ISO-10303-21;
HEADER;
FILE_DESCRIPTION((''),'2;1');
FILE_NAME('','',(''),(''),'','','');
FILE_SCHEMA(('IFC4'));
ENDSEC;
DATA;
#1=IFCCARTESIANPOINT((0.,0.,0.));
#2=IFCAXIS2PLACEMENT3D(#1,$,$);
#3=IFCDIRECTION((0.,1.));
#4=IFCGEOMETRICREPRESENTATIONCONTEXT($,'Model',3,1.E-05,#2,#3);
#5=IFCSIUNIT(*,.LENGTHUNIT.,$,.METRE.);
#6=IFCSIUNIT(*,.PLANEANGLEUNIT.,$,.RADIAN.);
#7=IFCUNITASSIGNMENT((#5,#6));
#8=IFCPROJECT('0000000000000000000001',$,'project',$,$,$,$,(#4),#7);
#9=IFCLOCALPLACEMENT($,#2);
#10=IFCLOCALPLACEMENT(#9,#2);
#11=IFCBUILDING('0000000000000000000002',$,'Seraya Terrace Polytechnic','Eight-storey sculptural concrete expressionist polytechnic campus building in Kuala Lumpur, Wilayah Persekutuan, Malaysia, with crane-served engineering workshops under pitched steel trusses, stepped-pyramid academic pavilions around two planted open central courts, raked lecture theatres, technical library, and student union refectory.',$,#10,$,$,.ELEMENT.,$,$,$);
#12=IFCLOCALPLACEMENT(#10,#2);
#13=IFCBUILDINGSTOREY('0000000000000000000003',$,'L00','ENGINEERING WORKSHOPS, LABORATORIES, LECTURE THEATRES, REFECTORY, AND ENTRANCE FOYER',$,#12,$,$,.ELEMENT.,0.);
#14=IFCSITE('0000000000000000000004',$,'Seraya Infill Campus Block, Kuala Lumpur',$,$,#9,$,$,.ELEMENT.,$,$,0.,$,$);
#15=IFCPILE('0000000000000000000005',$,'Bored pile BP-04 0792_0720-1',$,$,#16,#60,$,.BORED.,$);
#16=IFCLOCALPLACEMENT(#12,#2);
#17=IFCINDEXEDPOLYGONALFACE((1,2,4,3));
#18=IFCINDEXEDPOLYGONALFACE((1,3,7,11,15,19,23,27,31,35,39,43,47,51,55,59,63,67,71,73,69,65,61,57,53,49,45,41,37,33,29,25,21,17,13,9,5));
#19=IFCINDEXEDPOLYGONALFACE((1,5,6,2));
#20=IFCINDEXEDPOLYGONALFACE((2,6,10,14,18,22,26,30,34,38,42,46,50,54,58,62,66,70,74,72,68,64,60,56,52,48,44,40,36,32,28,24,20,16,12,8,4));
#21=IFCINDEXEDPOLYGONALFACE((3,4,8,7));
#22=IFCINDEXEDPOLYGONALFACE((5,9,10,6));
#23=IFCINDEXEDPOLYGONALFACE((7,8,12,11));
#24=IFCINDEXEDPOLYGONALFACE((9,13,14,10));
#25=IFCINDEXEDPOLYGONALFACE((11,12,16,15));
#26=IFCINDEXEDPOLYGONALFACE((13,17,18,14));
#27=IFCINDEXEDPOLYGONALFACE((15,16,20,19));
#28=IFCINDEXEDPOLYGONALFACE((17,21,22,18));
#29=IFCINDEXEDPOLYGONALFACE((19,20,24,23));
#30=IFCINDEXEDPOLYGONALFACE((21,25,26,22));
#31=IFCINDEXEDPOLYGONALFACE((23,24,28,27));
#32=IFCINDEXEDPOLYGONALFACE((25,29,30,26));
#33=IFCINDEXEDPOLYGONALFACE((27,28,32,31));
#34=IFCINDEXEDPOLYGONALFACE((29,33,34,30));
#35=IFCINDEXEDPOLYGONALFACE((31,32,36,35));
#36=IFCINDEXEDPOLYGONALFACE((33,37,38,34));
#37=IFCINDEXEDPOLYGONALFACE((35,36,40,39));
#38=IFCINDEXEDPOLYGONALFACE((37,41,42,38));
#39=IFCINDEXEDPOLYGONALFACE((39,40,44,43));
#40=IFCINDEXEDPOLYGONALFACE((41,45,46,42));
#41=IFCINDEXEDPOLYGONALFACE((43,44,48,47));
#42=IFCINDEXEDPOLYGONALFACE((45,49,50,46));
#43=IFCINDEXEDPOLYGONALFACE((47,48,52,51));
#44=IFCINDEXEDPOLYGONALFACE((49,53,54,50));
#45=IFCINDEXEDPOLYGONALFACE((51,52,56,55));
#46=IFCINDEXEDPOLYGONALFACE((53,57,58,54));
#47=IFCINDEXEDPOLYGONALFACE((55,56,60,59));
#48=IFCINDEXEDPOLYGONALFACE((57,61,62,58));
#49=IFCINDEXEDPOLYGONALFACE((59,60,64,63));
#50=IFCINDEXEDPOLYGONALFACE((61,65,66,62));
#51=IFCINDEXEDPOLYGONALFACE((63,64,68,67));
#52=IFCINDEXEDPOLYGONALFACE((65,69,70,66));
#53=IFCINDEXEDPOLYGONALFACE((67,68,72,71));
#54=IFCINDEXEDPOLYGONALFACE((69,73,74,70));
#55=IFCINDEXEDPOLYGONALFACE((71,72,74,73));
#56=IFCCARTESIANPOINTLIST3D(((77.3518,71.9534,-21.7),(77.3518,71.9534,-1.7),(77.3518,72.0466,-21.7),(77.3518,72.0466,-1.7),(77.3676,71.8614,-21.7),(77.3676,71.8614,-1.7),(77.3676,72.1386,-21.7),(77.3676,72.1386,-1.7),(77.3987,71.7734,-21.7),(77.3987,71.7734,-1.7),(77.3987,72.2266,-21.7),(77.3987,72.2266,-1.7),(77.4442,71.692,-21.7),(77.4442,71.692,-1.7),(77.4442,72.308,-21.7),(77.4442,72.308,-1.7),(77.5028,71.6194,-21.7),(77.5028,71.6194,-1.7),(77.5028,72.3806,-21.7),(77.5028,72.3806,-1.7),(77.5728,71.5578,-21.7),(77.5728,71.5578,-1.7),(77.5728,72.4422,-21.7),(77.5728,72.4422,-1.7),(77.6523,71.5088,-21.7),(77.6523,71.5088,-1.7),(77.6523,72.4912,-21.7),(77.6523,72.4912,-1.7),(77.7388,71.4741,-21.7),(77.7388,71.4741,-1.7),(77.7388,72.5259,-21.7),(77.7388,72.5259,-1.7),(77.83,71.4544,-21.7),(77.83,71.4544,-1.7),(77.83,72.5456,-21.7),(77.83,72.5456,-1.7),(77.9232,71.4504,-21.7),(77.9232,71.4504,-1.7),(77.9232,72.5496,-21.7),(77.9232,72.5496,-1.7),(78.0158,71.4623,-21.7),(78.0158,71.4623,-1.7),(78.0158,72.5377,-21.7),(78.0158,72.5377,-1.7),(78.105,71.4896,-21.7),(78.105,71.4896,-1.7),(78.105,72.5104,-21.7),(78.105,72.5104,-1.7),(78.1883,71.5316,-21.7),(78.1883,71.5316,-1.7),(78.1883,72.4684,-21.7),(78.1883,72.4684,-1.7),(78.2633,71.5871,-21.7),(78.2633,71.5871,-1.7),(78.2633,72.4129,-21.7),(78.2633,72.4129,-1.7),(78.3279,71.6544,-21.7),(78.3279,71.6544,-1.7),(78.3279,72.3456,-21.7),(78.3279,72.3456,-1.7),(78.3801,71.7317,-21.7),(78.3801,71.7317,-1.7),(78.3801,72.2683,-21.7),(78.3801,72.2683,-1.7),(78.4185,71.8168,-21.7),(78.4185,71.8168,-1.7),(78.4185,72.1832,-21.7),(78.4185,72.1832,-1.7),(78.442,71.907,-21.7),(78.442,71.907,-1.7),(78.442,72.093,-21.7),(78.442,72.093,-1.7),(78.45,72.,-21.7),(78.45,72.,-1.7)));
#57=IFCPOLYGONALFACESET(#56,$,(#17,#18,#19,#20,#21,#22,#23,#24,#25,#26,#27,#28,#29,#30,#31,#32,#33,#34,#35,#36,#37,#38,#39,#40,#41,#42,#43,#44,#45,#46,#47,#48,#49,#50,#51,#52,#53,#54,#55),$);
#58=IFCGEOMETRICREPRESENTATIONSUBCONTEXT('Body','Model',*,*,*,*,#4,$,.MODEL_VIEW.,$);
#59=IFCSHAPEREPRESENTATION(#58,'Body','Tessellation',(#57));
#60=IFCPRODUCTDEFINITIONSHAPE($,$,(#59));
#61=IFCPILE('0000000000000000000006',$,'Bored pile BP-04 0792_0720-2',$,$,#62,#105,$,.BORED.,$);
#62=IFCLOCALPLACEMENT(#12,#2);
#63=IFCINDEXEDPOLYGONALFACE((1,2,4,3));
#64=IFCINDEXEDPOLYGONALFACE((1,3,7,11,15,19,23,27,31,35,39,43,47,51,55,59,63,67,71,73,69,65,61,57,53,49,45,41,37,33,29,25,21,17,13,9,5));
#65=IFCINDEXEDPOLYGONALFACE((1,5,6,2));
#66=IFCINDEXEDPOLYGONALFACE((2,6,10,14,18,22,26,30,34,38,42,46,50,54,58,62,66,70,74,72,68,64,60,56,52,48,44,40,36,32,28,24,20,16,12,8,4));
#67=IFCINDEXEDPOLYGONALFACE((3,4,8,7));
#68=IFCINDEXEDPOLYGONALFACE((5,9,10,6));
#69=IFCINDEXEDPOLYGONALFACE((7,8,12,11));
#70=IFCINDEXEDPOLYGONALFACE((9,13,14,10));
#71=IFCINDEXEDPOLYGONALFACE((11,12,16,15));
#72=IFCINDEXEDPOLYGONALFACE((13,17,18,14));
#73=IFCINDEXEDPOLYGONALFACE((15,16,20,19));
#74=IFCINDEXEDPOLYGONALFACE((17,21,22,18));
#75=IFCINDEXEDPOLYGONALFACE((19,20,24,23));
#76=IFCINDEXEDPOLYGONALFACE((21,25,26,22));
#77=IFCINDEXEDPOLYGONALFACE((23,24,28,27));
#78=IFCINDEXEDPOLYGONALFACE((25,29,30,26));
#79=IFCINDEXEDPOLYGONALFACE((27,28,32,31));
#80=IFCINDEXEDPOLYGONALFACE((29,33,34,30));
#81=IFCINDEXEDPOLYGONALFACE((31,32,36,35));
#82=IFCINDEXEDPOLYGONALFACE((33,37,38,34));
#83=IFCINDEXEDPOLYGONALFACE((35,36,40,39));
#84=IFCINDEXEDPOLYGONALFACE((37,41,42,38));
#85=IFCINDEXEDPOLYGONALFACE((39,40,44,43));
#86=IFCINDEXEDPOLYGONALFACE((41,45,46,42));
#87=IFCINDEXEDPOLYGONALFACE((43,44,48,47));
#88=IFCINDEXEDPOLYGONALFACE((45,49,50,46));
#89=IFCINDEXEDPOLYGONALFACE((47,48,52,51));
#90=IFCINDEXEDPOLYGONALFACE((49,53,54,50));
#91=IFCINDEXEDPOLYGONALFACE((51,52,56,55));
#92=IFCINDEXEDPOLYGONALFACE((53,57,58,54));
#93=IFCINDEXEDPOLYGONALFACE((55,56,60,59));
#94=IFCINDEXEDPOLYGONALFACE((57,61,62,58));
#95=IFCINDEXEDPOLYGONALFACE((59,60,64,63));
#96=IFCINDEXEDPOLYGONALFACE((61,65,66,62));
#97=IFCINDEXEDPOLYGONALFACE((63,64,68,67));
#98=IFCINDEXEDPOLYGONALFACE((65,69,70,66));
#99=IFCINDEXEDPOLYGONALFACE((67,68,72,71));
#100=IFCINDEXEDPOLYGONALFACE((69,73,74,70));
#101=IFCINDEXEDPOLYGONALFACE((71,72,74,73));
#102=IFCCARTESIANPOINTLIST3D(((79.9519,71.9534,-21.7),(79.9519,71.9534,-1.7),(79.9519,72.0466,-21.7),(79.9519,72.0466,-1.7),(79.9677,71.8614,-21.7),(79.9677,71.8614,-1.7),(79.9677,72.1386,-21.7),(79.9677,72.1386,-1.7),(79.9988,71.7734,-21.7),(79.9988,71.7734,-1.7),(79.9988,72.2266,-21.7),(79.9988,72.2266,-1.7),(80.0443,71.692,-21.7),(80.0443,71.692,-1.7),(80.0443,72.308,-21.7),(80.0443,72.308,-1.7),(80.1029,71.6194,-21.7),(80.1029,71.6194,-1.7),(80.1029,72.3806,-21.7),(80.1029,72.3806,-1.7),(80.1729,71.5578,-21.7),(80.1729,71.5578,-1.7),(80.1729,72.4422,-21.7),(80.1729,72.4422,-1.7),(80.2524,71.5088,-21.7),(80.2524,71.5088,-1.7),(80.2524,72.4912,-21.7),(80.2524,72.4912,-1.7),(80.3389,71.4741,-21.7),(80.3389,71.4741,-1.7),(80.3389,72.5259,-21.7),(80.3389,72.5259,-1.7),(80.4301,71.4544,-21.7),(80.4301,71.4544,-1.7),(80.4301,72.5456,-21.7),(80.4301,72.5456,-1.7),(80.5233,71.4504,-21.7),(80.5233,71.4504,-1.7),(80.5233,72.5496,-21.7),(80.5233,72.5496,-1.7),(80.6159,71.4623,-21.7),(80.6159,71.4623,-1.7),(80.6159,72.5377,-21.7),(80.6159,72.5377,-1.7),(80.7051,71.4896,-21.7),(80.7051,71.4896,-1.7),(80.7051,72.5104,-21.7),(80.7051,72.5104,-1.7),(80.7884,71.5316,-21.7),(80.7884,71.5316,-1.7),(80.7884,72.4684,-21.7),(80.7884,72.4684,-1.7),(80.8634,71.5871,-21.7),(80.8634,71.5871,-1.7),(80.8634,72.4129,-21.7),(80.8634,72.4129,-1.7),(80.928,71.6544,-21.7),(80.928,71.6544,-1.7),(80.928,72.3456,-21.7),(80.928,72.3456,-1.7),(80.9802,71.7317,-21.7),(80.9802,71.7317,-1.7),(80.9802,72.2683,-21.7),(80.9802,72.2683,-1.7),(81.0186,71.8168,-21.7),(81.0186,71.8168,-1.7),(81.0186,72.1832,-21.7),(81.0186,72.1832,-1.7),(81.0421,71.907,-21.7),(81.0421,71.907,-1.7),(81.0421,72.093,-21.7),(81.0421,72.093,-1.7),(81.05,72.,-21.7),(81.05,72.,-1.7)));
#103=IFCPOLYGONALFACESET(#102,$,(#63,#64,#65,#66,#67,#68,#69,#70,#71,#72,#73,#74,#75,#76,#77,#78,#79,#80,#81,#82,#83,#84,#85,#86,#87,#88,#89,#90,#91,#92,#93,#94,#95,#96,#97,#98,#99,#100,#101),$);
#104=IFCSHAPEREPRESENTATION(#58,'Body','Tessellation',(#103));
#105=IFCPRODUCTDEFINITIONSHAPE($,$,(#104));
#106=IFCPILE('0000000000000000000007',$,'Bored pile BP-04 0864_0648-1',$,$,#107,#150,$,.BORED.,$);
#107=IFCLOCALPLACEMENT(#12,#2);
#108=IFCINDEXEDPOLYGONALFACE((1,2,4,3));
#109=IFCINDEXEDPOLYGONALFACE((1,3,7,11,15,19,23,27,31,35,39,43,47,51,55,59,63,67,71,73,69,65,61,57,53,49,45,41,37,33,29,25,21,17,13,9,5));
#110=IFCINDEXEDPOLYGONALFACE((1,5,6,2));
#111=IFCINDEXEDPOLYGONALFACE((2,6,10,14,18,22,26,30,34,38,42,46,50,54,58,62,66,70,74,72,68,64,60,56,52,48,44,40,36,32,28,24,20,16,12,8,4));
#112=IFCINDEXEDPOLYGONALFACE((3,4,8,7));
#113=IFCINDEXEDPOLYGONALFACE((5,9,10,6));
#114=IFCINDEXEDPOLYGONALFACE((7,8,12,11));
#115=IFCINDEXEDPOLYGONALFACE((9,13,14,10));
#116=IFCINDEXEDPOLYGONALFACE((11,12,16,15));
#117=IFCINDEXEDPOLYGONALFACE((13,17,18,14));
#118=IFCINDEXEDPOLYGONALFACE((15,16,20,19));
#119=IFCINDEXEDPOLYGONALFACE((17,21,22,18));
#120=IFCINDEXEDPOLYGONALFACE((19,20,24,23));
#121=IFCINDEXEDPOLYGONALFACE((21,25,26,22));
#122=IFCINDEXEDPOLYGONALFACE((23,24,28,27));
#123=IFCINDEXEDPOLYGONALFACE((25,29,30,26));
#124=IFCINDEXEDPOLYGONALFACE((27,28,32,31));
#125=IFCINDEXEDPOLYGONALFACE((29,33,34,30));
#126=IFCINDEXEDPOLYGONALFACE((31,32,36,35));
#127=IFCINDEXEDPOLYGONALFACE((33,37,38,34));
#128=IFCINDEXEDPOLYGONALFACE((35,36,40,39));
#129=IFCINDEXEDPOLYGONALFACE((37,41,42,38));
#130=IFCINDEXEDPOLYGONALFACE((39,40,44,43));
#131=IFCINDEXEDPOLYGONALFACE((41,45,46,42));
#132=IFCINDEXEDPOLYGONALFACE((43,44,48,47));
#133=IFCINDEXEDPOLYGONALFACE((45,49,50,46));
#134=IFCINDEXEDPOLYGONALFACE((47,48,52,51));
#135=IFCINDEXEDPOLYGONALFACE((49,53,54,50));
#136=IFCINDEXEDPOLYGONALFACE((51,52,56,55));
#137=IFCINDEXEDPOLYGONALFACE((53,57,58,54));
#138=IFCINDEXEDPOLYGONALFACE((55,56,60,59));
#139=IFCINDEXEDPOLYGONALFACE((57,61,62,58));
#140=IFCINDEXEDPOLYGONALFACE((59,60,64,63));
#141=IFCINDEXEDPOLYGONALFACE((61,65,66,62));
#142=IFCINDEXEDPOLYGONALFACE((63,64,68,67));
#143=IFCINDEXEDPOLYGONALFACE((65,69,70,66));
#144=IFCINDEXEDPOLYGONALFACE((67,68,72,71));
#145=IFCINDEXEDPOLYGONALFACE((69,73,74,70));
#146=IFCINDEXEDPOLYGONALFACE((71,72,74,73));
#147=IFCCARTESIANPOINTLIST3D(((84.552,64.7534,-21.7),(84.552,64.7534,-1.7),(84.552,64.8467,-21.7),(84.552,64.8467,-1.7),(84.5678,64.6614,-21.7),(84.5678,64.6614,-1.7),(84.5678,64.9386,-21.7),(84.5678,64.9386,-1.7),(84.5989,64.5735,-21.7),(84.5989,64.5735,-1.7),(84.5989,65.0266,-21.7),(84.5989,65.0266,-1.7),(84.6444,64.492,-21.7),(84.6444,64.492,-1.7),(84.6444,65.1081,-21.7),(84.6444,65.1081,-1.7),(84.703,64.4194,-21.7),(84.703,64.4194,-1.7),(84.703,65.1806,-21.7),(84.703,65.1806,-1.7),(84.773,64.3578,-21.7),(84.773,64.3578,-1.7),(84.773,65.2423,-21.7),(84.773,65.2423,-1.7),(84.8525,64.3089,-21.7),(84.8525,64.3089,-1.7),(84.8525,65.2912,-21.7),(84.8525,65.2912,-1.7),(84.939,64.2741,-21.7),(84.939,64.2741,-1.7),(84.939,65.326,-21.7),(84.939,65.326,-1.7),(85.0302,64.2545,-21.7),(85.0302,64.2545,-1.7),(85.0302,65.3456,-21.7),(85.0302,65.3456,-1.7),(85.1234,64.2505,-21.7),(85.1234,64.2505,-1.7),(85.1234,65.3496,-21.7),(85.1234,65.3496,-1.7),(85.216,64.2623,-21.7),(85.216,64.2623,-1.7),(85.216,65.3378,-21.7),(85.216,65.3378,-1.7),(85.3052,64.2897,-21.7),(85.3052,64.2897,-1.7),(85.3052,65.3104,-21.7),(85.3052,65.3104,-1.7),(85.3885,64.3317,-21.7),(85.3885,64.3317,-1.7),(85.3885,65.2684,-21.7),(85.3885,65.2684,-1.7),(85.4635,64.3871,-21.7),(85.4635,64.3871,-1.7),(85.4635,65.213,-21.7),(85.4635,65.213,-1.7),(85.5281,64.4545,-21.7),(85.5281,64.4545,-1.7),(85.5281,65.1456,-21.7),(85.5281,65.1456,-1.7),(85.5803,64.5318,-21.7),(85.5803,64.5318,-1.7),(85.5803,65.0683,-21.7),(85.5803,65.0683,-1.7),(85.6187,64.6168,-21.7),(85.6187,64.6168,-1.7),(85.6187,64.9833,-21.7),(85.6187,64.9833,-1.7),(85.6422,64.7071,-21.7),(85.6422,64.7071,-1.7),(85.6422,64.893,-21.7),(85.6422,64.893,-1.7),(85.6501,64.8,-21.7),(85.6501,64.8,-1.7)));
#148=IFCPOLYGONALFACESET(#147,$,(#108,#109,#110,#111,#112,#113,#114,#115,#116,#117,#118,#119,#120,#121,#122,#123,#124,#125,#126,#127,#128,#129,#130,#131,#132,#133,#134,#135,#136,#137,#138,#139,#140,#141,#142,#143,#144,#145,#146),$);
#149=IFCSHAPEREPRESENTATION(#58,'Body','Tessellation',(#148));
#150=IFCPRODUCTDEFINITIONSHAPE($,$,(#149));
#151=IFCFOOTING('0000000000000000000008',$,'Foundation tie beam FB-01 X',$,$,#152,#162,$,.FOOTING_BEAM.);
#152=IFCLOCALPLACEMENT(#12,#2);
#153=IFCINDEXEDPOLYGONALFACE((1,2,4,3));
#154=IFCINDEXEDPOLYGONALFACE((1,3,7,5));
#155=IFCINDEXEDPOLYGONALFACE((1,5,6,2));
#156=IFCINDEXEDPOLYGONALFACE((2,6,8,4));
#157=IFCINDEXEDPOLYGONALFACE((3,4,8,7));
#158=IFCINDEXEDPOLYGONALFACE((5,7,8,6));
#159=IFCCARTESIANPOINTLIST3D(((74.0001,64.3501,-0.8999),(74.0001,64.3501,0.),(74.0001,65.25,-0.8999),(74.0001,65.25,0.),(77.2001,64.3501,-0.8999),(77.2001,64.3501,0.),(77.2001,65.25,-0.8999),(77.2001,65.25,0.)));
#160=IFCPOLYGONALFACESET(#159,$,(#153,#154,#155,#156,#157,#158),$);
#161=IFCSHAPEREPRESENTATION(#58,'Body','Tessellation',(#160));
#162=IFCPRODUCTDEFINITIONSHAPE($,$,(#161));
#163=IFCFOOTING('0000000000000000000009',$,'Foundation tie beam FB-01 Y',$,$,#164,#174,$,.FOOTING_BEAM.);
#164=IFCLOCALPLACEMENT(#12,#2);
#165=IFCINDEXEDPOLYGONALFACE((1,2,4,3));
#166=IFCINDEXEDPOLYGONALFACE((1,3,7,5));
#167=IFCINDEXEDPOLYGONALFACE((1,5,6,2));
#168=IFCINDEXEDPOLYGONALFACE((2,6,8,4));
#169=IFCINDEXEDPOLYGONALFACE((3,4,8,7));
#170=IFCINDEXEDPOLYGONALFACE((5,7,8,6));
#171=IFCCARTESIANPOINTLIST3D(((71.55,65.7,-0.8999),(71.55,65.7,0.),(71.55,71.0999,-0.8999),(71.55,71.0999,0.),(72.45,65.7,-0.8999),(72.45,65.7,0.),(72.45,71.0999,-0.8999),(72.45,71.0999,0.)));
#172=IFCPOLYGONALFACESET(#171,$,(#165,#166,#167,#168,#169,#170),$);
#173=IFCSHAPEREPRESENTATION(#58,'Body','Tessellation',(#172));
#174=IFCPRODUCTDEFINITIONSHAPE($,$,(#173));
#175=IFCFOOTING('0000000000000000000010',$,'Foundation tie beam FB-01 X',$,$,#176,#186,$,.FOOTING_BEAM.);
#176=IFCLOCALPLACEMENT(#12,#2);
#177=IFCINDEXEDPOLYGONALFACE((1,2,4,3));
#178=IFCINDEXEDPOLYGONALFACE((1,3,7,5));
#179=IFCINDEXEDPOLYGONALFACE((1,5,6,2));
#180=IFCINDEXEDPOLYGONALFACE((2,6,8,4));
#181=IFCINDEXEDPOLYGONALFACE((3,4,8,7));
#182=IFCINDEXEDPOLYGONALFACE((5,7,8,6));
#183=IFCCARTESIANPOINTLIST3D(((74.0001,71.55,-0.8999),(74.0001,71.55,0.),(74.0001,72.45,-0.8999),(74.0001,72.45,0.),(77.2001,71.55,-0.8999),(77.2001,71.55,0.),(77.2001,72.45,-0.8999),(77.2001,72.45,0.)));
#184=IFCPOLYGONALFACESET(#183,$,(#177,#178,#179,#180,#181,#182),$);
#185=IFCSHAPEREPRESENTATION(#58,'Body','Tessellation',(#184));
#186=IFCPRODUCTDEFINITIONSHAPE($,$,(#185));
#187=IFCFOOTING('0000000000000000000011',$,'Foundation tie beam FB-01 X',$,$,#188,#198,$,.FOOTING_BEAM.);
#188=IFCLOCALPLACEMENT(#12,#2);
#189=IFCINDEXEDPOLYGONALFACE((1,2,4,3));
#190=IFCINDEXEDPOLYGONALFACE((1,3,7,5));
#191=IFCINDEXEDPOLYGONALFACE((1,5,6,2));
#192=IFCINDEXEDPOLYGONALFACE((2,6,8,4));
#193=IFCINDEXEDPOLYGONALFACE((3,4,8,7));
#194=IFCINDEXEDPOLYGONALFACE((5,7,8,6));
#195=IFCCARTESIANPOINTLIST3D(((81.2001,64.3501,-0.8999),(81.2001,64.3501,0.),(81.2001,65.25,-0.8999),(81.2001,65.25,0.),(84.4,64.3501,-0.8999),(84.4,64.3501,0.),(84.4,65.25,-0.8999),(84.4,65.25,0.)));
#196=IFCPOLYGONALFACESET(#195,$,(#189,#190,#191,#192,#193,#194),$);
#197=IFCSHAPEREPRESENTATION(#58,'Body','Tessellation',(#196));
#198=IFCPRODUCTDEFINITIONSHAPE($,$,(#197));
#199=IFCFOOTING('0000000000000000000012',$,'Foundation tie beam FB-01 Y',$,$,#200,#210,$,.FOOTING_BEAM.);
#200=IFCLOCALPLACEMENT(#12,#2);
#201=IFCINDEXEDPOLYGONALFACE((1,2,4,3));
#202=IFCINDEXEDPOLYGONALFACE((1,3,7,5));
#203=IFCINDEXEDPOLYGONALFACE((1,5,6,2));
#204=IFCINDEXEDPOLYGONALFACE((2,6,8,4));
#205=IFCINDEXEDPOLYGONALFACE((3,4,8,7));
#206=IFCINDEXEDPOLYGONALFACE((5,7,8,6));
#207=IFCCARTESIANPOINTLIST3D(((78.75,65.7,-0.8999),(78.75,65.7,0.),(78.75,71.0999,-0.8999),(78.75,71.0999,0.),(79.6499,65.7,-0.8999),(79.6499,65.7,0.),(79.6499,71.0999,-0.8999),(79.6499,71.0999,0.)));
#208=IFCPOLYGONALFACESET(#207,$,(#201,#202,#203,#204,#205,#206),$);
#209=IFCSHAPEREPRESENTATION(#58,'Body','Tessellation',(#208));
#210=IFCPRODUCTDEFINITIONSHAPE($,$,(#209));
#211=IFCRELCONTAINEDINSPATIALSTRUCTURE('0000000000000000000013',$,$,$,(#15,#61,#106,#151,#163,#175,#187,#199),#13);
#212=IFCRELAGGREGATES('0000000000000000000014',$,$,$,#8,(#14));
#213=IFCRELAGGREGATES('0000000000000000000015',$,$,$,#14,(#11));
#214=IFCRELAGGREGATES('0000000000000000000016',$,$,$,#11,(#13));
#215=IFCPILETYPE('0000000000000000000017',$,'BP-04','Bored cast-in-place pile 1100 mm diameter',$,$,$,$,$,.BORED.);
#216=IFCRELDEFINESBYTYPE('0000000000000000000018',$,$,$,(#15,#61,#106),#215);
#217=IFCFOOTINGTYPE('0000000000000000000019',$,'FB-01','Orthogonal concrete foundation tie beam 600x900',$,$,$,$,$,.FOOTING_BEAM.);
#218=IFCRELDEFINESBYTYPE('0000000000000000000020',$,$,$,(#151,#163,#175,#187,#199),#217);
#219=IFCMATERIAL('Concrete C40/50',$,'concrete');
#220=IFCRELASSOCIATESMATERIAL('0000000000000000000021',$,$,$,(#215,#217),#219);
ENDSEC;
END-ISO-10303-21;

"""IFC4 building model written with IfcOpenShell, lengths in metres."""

from ifc_helpers import new_model, si_unit, direction, frame, origin, origin_2d, place, context, subcontext, project, spatial, rectangle, circle, extrude, material, material_profile, profile_set, type_object, element, save


model = new_model("IFC4")

# Units and contexts
model_context = context("Model", 3, precision=1e-05, world=origin(), true_north=direction((0.0, 1.0)))
body_context = subcontext(model_context, "Body", "Model", "MODEL_VIEW")
ifc_project = project(units=[si_unit("LENGTHUNIT", "METRE"), si_unit("PLANEANGLEUNIT", "RADIAN")], contexts=[model_context])

# Site, building, storey
site_placement = place(None, origin())
site = spatial("IfcSite", under=ifc_project, at=site_placement, Name="Seraya Infill Campus Block, Kuala Lumpur", CompositionType="ELEMENT", RefElevation=0.0)
building_placement = place(site_placement, origin())
building = spatial("IfcBuilding", under=site, at=building_placement, Name="Seraya Terrace Polytechnic", Description="Eight-storey sculptural concrete expressionist polytechnic campus building in Kuala Lumpur, Wilayah Persekutuan, Malaysia, with crane-served engineering workshops under pitched steel trusses, stepped-pyramid academic pavilions around two planted open central courts, raked lecture theatres, technical library, and student union refectory.", CompositionType="ELEMENT")
storey_placement = place(building_placement, origin())
storey = spatial("IfcBuildingStorey", under=building, at=storey_placement, Name="L00", Description="ENGINEERING WORKSHOPS, LABORATORIES, LECTURE THEATRES, REFECTORY, AND ENTRANCE FOYER", CompositionType="ELEMENT", Elevation=0.0)

# Piles
ifc_material_1 = material(Name="Concrete C40/50", Category="concrete")
ifc_material_profile_1 = material_profile(ifc_material_1, circle(Radius=0.55, at=origin_2d()), Name="DIA 1100")
ifc_profile_set_1 = profile_set([ifc_material_profile_1], Name="Concrete C40/50")
pile_type = type_object("IfcPileType", Name="BP-04", Description="Bored cast-in-place pile 1100 mm diameter", PredefinedType="BORED", material=ifc_profile_set_1)
for number, where, z_axis, x_axis, name in (
    (1, (77.8999, 72.0, -1.7), (0.0, 0.0, -1.0), (1.0, 0.0, 0.0), "Bored pile BP-04 0792_0720-1"),
    (2, (80.5, 72.0, -1.7), (0.0, 0.0, -1.0), (1.0, 0.0, 0.0), "Bored pile BP-04 0792_0720-2"),
    (3, (85.1001, 64.8, -1.7), (0.0, 0.0, -1.0), (1.0, 0.0, 0.0), "Bored pile BP-04 0864_0648-1"),
):
    element("IfcPile", number, at=place(storey_placement, frame(where, z_axis=z_axis, x_axis=x_axis)), inside=storey, type_object=pile_type, Name=name, PredefinedType="BORED", context=body_context, shape_type="SweptSolid", body=[
        extrude(circle(Radius=0.55, at=origin_2d()), origin(), (0.0, 0.0, 1.0), 20.0),
    ])

# Footings
footing_type_1 = type_object("IfcFootingType", Name="FB-01", Description="Orthogonal concrete foundation tie beam 600x900", PredefinedType="FOOTING_BEAM", material=ifc_material_1)
footing_1_placement = place(storey_placement, frame((75.6001, 64.8, -0.8999), z_axis=(0.0, 0.0, 1.0), x_axis=(1.0, 0.0, 0.0)))
element("IfcFooting", 4, at=footing_1_placement, inside=storey, type_object=footing_type_1, Name="Foundation tie beam FB-01 X", PredefinedType="FOOTING_BEAM", context=body_context, shape_type="SweptSolid", body=[
    extrude(rectangle(XDim=3.2, YDim=0.8999, at=origin_2d()), origin(), (0.0, 0.0, 1.0), 0.8999),
])
footing_2_placement = place(storey_placement, frame((72.0, 68.3999, -0.8999), z_axis=(0.0, 0.0, 1.0), x_axis=(0.0, 1.0, 0.0)))
element("IfcFooting", 5, at=footing_2_placement, inside=storey, type_object=footing_type_1, Name="Foundation tie beam FB-01 Y", PredefinedType="FOOTING_BEAM", context=body_context, shape_type="SweptSolid", body=[
    extrude(rectangle(XDim=5.3999, YDim=0.8999, at=origin_2d()), origin(), (0.0, 0.0, 1.0), 0.8999),
])
for number, where, z_axis, x_axis, name in (
    (6, (75.6001, 72.0, -0.8999), (0.0, 0.0, 1.0), (1.0, 0.0, 0.0), "Foundation tie beam FB-01 X"),
    (7, (82.8, 64.8, -0.8999), (0.0, 0.0, 1.0), (1.0, 0.0, 0.0), "Foundation tie beam FB-01 X"),
):
    element("IfcFooting", number, at=place(storey_placement, frame(where, z_axis=z_axis, x_axis=x_axis)), inside=storey, type_object=footing_type_1, Name=name, PredefinedType="FOOTING_BEAM", context=body_context, shape_type="SweptSolid", body=[
        extrude(rectangle(XDim=3.2, YDim=0.8999, at=origin_2d()), origin(), (0.0, 0.0, 1.0), 0.8999),
    ])
footing_3_placement = place(storey_placement, frame((79.2, 68.3999, -0.8999), z_axis=(0.0, 0.0, 1.0), x_axis=(0.0, 1.0, 0.0)))
element("IfcFooting", 8, at=footing_3_placement, inside=storey, type_object=footing_type_1, Name="Foundation tie beam FB-01 Y", PredefinedType="FOOTING_BEAM", context=body_context, shape_type="SweptSolid", body=[
    extrude(rectangle(XDim=5.3999, YDim=0.8999, at=origin_2d()), origin(), (0.0, 0.0, 1.0), 0.8999),
])

save(model, "model.ifc")
